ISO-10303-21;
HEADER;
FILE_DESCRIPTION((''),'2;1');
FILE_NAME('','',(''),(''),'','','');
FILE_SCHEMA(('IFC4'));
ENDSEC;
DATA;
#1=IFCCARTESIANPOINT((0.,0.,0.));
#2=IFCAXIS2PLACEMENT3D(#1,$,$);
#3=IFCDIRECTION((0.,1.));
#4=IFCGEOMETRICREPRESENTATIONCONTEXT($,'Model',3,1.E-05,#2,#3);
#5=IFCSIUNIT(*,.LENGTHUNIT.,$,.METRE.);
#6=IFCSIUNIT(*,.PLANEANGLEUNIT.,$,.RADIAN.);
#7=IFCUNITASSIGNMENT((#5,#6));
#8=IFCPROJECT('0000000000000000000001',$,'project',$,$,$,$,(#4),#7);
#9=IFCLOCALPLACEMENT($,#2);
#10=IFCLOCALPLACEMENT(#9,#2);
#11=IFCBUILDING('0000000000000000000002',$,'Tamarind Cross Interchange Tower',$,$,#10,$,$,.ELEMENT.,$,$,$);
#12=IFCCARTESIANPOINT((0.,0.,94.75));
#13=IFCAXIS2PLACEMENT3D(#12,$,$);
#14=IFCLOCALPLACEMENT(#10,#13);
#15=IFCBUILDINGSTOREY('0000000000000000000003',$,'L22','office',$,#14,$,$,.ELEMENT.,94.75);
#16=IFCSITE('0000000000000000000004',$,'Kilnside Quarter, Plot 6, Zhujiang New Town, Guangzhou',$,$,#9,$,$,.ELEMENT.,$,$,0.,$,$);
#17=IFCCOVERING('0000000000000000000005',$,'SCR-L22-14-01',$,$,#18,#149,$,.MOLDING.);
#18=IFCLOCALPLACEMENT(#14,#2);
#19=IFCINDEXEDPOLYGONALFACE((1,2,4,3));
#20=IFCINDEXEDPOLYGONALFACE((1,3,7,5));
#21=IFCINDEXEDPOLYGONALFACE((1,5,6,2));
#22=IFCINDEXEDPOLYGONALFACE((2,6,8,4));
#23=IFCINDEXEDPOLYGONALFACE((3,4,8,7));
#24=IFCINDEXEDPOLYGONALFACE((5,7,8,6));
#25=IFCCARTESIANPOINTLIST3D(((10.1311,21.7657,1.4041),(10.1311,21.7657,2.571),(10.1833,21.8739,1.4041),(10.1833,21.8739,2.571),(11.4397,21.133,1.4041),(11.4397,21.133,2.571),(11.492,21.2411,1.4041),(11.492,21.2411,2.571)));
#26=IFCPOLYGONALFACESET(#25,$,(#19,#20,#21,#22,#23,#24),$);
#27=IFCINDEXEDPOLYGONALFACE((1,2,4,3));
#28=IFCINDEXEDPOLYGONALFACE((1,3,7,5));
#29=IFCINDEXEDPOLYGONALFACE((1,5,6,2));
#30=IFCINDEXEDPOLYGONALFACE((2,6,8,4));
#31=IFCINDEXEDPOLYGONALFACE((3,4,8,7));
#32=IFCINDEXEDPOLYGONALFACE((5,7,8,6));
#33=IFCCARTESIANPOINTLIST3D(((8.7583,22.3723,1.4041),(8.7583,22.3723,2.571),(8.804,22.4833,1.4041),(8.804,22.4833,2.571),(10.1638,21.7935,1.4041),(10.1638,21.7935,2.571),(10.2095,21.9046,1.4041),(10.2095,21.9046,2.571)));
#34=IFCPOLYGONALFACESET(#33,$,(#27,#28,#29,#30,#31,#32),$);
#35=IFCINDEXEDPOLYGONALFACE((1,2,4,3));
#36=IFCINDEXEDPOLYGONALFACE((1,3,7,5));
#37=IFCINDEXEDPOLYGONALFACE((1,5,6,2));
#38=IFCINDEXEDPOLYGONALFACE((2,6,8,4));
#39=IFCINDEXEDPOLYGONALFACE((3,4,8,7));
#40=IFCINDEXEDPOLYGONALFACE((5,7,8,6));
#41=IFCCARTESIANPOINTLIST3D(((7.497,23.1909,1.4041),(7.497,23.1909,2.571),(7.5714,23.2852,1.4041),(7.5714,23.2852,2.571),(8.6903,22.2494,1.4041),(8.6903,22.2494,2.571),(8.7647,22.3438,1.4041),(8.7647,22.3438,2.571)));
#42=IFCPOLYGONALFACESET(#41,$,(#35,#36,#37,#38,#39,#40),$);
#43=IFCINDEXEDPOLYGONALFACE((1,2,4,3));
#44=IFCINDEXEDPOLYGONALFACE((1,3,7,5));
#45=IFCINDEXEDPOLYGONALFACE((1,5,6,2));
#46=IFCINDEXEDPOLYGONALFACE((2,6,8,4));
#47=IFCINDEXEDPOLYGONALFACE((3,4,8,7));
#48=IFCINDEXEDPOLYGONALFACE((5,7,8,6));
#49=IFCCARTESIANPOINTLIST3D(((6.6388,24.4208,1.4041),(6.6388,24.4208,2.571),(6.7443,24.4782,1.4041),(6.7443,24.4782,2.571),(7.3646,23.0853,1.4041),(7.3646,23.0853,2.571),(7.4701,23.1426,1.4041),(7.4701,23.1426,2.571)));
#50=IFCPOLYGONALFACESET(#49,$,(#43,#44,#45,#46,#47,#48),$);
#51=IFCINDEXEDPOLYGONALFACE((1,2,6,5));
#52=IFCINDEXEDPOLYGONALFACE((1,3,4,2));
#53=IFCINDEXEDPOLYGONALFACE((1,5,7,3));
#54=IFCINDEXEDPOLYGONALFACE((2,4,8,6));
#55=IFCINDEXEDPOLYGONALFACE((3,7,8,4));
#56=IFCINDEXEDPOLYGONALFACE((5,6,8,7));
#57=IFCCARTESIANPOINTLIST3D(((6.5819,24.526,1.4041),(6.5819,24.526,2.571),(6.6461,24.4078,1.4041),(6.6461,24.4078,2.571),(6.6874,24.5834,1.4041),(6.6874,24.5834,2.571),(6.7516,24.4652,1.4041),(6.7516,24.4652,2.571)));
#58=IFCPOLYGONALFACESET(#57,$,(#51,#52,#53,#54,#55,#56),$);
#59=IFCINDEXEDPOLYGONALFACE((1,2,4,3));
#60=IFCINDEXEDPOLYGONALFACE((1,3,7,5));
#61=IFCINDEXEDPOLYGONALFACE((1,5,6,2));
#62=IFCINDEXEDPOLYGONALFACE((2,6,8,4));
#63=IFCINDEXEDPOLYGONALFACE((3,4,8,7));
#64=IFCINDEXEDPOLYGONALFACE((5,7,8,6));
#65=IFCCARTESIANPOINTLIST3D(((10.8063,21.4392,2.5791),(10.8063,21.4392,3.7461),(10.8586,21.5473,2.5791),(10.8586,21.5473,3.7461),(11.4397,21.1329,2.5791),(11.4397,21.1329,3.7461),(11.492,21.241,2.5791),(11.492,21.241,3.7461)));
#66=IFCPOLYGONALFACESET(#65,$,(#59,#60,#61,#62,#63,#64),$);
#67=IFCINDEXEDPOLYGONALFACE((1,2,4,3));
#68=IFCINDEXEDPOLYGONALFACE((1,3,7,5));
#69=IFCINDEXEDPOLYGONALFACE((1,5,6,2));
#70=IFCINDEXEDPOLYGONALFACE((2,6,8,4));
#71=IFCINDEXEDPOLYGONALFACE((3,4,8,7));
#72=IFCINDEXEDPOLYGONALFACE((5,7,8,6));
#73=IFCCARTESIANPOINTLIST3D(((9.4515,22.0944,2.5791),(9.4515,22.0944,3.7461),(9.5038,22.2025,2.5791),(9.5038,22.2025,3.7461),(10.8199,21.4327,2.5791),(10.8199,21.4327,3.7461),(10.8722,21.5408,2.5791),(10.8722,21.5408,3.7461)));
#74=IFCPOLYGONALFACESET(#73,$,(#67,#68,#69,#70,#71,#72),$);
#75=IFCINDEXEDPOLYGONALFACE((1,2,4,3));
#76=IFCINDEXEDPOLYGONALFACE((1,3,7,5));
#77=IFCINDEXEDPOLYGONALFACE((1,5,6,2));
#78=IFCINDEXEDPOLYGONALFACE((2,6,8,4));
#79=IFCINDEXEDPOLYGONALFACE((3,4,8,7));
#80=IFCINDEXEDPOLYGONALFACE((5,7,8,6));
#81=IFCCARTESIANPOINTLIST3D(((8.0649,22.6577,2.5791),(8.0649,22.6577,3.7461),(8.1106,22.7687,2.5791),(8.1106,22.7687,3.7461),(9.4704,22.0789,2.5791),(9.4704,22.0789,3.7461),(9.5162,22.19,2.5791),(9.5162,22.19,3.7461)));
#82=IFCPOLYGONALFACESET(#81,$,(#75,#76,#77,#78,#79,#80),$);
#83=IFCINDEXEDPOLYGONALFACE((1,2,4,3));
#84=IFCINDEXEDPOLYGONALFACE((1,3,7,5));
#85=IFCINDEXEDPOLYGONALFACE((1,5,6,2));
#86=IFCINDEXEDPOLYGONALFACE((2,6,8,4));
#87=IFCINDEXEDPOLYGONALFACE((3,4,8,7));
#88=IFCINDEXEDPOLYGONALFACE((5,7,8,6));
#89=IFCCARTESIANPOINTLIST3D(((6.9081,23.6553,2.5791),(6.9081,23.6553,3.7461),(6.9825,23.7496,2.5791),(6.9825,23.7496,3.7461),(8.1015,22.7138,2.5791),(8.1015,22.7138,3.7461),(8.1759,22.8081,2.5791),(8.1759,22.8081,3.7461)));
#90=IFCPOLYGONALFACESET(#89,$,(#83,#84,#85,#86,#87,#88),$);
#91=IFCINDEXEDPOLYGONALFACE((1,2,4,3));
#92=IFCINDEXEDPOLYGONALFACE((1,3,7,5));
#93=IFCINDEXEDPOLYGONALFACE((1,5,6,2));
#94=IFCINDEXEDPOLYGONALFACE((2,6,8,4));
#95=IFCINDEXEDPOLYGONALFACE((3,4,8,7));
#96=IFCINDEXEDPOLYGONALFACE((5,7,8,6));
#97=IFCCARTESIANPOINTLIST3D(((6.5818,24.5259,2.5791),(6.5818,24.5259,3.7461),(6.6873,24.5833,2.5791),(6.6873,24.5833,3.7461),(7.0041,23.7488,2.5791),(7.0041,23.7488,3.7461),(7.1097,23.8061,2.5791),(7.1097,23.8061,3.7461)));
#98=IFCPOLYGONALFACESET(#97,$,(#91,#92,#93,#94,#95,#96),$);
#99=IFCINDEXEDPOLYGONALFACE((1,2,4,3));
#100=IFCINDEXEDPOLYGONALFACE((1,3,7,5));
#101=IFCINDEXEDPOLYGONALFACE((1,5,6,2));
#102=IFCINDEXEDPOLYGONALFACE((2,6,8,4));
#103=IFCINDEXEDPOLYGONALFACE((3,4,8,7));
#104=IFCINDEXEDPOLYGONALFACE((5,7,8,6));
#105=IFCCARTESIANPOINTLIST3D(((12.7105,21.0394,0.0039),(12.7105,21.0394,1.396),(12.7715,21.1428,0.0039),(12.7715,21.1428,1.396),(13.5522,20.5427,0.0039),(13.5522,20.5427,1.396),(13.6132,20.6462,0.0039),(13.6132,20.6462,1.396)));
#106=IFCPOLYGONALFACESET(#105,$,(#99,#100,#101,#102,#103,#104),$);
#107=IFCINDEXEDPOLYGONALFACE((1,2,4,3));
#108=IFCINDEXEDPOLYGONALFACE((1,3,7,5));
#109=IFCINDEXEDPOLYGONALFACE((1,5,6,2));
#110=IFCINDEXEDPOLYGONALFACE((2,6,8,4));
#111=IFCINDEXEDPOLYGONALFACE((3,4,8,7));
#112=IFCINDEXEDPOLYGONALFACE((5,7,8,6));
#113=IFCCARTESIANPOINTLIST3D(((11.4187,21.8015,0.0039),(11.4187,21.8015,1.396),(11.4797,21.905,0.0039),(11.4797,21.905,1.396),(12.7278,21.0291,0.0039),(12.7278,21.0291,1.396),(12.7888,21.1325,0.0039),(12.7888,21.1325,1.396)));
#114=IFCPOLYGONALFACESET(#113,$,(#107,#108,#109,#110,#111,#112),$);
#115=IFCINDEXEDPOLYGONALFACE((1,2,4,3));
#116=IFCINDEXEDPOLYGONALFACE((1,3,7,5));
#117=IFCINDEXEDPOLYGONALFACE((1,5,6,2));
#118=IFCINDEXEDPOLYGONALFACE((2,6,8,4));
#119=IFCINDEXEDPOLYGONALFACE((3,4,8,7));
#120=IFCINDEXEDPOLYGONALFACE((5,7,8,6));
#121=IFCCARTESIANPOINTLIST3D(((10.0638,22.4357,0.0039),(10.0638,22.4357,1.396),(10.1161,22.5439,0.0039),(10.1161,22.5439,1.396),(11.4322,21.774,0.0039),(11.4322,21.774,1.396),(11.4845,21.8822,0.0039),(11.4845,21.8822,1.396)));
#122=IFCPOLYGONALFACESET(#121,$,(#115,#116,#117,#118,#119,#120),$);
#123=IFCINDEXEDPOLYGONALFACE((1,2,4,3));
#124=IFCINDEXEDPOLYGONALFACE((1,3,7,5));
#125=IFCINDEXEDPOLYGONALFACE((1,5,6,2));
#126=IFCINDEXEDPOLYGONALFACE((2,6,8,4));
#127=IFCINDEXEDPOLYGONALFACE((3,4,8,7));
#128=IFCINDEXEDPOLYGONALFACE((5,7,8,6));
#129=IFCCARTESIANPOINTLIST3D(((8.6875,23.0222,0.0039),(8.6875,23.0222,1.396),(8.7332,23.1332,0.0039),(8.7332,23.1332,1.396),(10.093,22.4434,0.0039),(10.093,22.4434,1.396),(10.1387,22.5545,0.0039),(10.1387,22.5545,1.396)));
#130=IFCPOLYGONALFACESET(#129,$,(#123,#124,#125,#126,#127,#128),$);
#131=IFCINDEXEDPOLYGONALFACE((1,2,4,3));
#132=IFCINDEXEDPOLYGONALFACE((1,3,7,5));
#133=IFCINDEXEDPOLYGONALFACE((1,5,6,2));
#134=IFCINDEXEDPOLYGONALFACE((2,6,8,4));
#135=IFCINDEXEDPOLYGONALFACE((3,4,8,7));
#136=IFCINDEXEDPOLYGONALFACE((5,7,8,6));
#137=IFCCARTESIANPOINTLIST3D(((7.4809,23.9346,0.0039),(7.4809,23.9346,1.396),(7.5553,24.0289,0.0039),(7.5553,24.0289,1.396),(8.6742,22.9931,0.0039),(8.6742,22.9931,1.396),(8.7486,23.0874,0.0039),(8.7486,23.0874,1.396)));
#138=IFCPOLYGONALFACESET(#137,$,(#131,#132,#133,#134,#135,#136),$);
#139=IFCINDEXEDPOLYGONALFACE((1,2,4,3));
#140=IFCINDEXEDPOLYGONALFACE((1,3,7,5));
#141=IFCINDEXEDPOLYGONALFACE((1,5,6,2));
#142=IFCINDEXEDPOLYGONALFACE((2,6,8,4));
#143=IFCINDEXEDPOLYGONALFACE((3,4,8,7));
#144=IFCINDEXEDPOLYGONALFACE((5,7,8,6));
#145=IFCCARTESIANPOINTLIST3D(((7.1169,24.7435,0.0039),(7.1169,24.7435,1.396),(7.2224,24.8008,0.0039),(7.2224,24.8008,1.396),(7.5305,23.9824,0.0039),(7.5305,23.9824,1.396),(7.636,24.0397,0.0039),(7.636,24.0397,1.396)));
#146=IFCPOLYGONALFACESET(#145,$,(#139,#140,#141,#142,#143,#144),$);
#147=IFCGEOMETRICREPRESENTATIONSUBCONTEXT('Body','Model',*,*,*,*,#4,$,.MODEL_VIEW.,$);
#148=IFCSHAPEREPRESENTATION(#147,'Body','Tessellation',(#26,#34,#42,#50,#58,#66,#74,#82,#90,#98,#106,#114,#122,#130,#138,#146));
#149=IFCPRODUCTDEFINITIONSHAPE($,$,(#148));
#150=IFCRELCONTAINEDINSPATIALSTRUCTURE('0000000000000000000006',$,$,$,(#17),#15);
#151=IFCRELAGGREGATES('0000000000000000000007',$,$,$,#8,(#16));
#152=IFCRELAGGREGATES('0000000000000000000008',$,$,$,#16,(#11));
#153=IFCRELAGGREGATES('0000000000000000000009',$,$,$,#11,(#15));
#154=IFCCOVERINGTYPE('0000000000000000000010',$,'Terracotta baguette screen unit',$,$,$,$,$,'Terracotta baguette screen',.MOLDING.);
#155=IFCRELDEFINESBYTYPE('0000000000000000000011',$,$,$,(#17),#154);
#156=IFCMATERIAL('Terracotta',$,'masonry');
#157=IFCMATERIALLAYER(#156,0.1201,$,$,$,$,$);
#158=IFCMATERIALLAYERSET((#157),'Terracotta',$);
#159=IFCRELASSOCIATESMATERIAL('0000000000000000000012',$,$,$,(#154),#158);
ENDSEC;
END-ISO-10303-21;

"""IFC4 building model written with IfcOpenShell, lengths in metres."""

from ifc_helpers import new_model, si_unit, direction, frame, origin, origin_2d, place, context, subcontext, project, spatial, rectangle, extrude, material, layer, layer_set, type_object, element, save


model = new_model("IFC4")

# Units and contexts
model_context = context("Model", 3, precision=1e-05, world=origin(), true_north=direction((0.0, 1.0)))
body_context = subcontext(model_context, "Body", "Model", "MODEL_VIEW")
ifc_project = project(units=[si_unit("LENGTHUNIT", "METRE"), si_unit("PLANEANGLEUNIT", "RADIAN")], contexts=[model_context])

# Site, building, storey
site_placement = place(None, origin())
site = spatial("IfcSite", under=ifc_project, at=site_placement, Name="Kilnside Quarter, Plot 6, Zhujiang New Town, Guangzhou", CompositionType="ELEMENT", RefElevation=0.0)
building_placement = place(site_placement, origin())
building = spatial("IfcBuilding", under=site, at=building_placement, Name="Tamarind Cross Interchange Tower", CompositionType="ELEMENT")
storey_placement = place(building_placement, frame((0.0, 0.0, 94.75)))
storey = spatial("IfcBuildingStorey", under=building, at=storey_placement, Name="L22", Description="office", CompositionType="ELEMENT", Elevation=94.75)

# Covering
ifc_material_1 = material(Name="Terracotta", Category="masonry")
ifc_layer_1 = layer(ifc_material_1, 0.1201)
ifc_layer_set_1 = layer_set([ifc_layer_1], Name="Terracotta")
covering_type = type_object("IfcCoveringType", Name="Terracotta baguette screen unit", ElementType="Terracotta baguette screen", PredefinedType="MOLDING", material=ifc_layer_set_1)
covering_1_placement = place(storey_placement, origin())
element("IfcCovering", 1, at=covering_1_placement, inside=storey, type_object=covering_type, Name="SCR-L22-14-01", PredefinedType="MOLDING", context=body_context, shape_type="SweptSolid", body=[
    extrude(rectangle(XDim=1.4536, YDim=0.1201, at=origin_2d()), frame((10.8115, 21.5034, 1.4041), z_axis=(0.0, 0.0, 1.0), x_axis=(-0.900273, 0.435326, 0.0)), (0.0, 0.0, 1.0), 1.167),
    extrude(rectangle(XDim=1.52, YDim=0.1201, at=origin_2d()), frame((9.4839, 22.1384, 1.4041), z_axis=(0.0, 0.0, 1.0), x_axis=(-0.924674, 0.38076, 0.0)), (0.0, 0.0, 1.0), 1.167),
    extrude(rectangle(XDim=1.52, YDim=0.1201, at=origin_2d()), frame((8.1309, 22.7673, 1.4041), z_axis=(0.0, 0.0, 1.0), x_axis=(-0.785092, 0.619379, 0.0)), (0.0, 0.0, 1.0), 1.167),
    extrude(rectangle(XDim=1.52, YDim=0.1201, at=origin_2d()), frame((7.0544, 23.7817, 1.4041), z_axis=(0.0, 0.0, 1.0), x_axis=(-0.477495, 0.878634, 0.0)), (0.0, 0.0, 1.0), 1.167),
    extrude(rectangle(XDim=0.1345, YDim=0.1201, at=origin_2d()), frame((6.6667, 24.4956, 1.4041), z_axis=(0.0, 0.0, 1.0), x_axis=(-0.477495, 0.878634, 0.0)), (0.0, 0.0, 1.0), 1.167),
    extrude(rectangle(XDim=0.7036, YDim=0.1201, at=origin_2d()), frame((11.1492, 21.3401, 2.5791), z_axis=(0.0, 0.0, 1.0), x_axis=(-0.900273, 0.435326, 0.0)), (0.0, 0.0, 1.0), 1.167),
    extrude(rectangle(XDim=1.52, YDim=0.1201, at=origin_2d()), frame((10.1619, 21.8176, 2.5791), z_axis=(0.0, 0.0, 1.0), x_axis=(-0.900273, 0.435326, 0.0)), (0.0, 0.0, 1.0), 1.167),
    extrude(rectangle(XDim=1.52, YDim=0.1201, at=origin_2d()), frame((8.7905, 22.4238, 2.5791), z_axis=(0.0, 0.0, 1.0), x_axis=(-0.924674, 0.38076, 0.0)), (0.0, 0.0, 1.0), 1.167),
    extrude(rectangle(XDim=1.52, YDim=0.1201, at=origin_2d()), frame((7.542, 23.2317, 2.5791), z_axis=(0.0, 0.0, 1.0), x_axis=(-0.785092, 0.619379, 0.0)), (0.0, 0.0, 1.0), 1.167),
    extrude(rectangle(XDim=0.8845, YDim=0.1201, at=origin_2d()), frame((6.8457, 24.166, 2.5791), z_axis=(0.0, 0.0, 1.0), x_axis=(-0.477495, 0.878634, 0.0)), (0.0, 0.0, 1.0), 1.167),
    extrude(rectangle(XDim=0.9773, YDim=0.1201, at=origin_2d()), frame((13.1619, 20.8428, 0.0039), z_axis=(0.0, 0.0, 1.0), x_axis=(-0.861249, 0.508183, 0.0)), (0.0, 0.0, 1.0), 1.3921),
    extrude(rectangle(XDim=1.52, YDim=0.1201, at=origin_2d()), frame((12.1038, 21.467, 0.0039), z_axis=(0.0, 0.0, 1.0), x_axis=(-0.861249, 0.508183, 0.0)), (0.0, 0.0, 1.0), 1.3921),
    extrude(rectangle(XDim=1.52, YDim=0.1201, at=origin_2d()), frame((10.7742, 22.1589, 0.0039), z_axis=(0.0, 0.0, 1.0), x_axis=(-0.900273, 0.435326, 0.0)), (0.0, 0.0, 1.0), 1.3921),
    extrude(rectangle(XDim=1.52, YDim=0.1201, at=origin_2d()), frame((9.4131, 22.7883, 0.0039), z_axis=(0.0, 0.0, 1.0), x_axis=(-0.924674, 0.38076, 0.0)), (0.0, 0.0, 1.0), 1.3921),
    extrude(rectangle(XDim=1.52, YDim=0.1201, at=origin_2d()), frame((8.1147, 23.511, 0.0039), z_axis=(0.0, 0.0, 1.0), x_axis=(-0.785092, 0.619379, 0.0)), (0.0, 0.0, 1.0), 1.3921),
    extrude(rectangle(XDim=0.8662, YDim=0.1201, at=origin_2d()), frame((7.3765, 24.3916, 0.0039), z_axis=(0.0, 0.0, 1.0), x_axis=(-0.477495, 0.878634, 0.0)), (0.0, 0.0, 1.0), 1.3921),
])

save(model, "model.ifc")
